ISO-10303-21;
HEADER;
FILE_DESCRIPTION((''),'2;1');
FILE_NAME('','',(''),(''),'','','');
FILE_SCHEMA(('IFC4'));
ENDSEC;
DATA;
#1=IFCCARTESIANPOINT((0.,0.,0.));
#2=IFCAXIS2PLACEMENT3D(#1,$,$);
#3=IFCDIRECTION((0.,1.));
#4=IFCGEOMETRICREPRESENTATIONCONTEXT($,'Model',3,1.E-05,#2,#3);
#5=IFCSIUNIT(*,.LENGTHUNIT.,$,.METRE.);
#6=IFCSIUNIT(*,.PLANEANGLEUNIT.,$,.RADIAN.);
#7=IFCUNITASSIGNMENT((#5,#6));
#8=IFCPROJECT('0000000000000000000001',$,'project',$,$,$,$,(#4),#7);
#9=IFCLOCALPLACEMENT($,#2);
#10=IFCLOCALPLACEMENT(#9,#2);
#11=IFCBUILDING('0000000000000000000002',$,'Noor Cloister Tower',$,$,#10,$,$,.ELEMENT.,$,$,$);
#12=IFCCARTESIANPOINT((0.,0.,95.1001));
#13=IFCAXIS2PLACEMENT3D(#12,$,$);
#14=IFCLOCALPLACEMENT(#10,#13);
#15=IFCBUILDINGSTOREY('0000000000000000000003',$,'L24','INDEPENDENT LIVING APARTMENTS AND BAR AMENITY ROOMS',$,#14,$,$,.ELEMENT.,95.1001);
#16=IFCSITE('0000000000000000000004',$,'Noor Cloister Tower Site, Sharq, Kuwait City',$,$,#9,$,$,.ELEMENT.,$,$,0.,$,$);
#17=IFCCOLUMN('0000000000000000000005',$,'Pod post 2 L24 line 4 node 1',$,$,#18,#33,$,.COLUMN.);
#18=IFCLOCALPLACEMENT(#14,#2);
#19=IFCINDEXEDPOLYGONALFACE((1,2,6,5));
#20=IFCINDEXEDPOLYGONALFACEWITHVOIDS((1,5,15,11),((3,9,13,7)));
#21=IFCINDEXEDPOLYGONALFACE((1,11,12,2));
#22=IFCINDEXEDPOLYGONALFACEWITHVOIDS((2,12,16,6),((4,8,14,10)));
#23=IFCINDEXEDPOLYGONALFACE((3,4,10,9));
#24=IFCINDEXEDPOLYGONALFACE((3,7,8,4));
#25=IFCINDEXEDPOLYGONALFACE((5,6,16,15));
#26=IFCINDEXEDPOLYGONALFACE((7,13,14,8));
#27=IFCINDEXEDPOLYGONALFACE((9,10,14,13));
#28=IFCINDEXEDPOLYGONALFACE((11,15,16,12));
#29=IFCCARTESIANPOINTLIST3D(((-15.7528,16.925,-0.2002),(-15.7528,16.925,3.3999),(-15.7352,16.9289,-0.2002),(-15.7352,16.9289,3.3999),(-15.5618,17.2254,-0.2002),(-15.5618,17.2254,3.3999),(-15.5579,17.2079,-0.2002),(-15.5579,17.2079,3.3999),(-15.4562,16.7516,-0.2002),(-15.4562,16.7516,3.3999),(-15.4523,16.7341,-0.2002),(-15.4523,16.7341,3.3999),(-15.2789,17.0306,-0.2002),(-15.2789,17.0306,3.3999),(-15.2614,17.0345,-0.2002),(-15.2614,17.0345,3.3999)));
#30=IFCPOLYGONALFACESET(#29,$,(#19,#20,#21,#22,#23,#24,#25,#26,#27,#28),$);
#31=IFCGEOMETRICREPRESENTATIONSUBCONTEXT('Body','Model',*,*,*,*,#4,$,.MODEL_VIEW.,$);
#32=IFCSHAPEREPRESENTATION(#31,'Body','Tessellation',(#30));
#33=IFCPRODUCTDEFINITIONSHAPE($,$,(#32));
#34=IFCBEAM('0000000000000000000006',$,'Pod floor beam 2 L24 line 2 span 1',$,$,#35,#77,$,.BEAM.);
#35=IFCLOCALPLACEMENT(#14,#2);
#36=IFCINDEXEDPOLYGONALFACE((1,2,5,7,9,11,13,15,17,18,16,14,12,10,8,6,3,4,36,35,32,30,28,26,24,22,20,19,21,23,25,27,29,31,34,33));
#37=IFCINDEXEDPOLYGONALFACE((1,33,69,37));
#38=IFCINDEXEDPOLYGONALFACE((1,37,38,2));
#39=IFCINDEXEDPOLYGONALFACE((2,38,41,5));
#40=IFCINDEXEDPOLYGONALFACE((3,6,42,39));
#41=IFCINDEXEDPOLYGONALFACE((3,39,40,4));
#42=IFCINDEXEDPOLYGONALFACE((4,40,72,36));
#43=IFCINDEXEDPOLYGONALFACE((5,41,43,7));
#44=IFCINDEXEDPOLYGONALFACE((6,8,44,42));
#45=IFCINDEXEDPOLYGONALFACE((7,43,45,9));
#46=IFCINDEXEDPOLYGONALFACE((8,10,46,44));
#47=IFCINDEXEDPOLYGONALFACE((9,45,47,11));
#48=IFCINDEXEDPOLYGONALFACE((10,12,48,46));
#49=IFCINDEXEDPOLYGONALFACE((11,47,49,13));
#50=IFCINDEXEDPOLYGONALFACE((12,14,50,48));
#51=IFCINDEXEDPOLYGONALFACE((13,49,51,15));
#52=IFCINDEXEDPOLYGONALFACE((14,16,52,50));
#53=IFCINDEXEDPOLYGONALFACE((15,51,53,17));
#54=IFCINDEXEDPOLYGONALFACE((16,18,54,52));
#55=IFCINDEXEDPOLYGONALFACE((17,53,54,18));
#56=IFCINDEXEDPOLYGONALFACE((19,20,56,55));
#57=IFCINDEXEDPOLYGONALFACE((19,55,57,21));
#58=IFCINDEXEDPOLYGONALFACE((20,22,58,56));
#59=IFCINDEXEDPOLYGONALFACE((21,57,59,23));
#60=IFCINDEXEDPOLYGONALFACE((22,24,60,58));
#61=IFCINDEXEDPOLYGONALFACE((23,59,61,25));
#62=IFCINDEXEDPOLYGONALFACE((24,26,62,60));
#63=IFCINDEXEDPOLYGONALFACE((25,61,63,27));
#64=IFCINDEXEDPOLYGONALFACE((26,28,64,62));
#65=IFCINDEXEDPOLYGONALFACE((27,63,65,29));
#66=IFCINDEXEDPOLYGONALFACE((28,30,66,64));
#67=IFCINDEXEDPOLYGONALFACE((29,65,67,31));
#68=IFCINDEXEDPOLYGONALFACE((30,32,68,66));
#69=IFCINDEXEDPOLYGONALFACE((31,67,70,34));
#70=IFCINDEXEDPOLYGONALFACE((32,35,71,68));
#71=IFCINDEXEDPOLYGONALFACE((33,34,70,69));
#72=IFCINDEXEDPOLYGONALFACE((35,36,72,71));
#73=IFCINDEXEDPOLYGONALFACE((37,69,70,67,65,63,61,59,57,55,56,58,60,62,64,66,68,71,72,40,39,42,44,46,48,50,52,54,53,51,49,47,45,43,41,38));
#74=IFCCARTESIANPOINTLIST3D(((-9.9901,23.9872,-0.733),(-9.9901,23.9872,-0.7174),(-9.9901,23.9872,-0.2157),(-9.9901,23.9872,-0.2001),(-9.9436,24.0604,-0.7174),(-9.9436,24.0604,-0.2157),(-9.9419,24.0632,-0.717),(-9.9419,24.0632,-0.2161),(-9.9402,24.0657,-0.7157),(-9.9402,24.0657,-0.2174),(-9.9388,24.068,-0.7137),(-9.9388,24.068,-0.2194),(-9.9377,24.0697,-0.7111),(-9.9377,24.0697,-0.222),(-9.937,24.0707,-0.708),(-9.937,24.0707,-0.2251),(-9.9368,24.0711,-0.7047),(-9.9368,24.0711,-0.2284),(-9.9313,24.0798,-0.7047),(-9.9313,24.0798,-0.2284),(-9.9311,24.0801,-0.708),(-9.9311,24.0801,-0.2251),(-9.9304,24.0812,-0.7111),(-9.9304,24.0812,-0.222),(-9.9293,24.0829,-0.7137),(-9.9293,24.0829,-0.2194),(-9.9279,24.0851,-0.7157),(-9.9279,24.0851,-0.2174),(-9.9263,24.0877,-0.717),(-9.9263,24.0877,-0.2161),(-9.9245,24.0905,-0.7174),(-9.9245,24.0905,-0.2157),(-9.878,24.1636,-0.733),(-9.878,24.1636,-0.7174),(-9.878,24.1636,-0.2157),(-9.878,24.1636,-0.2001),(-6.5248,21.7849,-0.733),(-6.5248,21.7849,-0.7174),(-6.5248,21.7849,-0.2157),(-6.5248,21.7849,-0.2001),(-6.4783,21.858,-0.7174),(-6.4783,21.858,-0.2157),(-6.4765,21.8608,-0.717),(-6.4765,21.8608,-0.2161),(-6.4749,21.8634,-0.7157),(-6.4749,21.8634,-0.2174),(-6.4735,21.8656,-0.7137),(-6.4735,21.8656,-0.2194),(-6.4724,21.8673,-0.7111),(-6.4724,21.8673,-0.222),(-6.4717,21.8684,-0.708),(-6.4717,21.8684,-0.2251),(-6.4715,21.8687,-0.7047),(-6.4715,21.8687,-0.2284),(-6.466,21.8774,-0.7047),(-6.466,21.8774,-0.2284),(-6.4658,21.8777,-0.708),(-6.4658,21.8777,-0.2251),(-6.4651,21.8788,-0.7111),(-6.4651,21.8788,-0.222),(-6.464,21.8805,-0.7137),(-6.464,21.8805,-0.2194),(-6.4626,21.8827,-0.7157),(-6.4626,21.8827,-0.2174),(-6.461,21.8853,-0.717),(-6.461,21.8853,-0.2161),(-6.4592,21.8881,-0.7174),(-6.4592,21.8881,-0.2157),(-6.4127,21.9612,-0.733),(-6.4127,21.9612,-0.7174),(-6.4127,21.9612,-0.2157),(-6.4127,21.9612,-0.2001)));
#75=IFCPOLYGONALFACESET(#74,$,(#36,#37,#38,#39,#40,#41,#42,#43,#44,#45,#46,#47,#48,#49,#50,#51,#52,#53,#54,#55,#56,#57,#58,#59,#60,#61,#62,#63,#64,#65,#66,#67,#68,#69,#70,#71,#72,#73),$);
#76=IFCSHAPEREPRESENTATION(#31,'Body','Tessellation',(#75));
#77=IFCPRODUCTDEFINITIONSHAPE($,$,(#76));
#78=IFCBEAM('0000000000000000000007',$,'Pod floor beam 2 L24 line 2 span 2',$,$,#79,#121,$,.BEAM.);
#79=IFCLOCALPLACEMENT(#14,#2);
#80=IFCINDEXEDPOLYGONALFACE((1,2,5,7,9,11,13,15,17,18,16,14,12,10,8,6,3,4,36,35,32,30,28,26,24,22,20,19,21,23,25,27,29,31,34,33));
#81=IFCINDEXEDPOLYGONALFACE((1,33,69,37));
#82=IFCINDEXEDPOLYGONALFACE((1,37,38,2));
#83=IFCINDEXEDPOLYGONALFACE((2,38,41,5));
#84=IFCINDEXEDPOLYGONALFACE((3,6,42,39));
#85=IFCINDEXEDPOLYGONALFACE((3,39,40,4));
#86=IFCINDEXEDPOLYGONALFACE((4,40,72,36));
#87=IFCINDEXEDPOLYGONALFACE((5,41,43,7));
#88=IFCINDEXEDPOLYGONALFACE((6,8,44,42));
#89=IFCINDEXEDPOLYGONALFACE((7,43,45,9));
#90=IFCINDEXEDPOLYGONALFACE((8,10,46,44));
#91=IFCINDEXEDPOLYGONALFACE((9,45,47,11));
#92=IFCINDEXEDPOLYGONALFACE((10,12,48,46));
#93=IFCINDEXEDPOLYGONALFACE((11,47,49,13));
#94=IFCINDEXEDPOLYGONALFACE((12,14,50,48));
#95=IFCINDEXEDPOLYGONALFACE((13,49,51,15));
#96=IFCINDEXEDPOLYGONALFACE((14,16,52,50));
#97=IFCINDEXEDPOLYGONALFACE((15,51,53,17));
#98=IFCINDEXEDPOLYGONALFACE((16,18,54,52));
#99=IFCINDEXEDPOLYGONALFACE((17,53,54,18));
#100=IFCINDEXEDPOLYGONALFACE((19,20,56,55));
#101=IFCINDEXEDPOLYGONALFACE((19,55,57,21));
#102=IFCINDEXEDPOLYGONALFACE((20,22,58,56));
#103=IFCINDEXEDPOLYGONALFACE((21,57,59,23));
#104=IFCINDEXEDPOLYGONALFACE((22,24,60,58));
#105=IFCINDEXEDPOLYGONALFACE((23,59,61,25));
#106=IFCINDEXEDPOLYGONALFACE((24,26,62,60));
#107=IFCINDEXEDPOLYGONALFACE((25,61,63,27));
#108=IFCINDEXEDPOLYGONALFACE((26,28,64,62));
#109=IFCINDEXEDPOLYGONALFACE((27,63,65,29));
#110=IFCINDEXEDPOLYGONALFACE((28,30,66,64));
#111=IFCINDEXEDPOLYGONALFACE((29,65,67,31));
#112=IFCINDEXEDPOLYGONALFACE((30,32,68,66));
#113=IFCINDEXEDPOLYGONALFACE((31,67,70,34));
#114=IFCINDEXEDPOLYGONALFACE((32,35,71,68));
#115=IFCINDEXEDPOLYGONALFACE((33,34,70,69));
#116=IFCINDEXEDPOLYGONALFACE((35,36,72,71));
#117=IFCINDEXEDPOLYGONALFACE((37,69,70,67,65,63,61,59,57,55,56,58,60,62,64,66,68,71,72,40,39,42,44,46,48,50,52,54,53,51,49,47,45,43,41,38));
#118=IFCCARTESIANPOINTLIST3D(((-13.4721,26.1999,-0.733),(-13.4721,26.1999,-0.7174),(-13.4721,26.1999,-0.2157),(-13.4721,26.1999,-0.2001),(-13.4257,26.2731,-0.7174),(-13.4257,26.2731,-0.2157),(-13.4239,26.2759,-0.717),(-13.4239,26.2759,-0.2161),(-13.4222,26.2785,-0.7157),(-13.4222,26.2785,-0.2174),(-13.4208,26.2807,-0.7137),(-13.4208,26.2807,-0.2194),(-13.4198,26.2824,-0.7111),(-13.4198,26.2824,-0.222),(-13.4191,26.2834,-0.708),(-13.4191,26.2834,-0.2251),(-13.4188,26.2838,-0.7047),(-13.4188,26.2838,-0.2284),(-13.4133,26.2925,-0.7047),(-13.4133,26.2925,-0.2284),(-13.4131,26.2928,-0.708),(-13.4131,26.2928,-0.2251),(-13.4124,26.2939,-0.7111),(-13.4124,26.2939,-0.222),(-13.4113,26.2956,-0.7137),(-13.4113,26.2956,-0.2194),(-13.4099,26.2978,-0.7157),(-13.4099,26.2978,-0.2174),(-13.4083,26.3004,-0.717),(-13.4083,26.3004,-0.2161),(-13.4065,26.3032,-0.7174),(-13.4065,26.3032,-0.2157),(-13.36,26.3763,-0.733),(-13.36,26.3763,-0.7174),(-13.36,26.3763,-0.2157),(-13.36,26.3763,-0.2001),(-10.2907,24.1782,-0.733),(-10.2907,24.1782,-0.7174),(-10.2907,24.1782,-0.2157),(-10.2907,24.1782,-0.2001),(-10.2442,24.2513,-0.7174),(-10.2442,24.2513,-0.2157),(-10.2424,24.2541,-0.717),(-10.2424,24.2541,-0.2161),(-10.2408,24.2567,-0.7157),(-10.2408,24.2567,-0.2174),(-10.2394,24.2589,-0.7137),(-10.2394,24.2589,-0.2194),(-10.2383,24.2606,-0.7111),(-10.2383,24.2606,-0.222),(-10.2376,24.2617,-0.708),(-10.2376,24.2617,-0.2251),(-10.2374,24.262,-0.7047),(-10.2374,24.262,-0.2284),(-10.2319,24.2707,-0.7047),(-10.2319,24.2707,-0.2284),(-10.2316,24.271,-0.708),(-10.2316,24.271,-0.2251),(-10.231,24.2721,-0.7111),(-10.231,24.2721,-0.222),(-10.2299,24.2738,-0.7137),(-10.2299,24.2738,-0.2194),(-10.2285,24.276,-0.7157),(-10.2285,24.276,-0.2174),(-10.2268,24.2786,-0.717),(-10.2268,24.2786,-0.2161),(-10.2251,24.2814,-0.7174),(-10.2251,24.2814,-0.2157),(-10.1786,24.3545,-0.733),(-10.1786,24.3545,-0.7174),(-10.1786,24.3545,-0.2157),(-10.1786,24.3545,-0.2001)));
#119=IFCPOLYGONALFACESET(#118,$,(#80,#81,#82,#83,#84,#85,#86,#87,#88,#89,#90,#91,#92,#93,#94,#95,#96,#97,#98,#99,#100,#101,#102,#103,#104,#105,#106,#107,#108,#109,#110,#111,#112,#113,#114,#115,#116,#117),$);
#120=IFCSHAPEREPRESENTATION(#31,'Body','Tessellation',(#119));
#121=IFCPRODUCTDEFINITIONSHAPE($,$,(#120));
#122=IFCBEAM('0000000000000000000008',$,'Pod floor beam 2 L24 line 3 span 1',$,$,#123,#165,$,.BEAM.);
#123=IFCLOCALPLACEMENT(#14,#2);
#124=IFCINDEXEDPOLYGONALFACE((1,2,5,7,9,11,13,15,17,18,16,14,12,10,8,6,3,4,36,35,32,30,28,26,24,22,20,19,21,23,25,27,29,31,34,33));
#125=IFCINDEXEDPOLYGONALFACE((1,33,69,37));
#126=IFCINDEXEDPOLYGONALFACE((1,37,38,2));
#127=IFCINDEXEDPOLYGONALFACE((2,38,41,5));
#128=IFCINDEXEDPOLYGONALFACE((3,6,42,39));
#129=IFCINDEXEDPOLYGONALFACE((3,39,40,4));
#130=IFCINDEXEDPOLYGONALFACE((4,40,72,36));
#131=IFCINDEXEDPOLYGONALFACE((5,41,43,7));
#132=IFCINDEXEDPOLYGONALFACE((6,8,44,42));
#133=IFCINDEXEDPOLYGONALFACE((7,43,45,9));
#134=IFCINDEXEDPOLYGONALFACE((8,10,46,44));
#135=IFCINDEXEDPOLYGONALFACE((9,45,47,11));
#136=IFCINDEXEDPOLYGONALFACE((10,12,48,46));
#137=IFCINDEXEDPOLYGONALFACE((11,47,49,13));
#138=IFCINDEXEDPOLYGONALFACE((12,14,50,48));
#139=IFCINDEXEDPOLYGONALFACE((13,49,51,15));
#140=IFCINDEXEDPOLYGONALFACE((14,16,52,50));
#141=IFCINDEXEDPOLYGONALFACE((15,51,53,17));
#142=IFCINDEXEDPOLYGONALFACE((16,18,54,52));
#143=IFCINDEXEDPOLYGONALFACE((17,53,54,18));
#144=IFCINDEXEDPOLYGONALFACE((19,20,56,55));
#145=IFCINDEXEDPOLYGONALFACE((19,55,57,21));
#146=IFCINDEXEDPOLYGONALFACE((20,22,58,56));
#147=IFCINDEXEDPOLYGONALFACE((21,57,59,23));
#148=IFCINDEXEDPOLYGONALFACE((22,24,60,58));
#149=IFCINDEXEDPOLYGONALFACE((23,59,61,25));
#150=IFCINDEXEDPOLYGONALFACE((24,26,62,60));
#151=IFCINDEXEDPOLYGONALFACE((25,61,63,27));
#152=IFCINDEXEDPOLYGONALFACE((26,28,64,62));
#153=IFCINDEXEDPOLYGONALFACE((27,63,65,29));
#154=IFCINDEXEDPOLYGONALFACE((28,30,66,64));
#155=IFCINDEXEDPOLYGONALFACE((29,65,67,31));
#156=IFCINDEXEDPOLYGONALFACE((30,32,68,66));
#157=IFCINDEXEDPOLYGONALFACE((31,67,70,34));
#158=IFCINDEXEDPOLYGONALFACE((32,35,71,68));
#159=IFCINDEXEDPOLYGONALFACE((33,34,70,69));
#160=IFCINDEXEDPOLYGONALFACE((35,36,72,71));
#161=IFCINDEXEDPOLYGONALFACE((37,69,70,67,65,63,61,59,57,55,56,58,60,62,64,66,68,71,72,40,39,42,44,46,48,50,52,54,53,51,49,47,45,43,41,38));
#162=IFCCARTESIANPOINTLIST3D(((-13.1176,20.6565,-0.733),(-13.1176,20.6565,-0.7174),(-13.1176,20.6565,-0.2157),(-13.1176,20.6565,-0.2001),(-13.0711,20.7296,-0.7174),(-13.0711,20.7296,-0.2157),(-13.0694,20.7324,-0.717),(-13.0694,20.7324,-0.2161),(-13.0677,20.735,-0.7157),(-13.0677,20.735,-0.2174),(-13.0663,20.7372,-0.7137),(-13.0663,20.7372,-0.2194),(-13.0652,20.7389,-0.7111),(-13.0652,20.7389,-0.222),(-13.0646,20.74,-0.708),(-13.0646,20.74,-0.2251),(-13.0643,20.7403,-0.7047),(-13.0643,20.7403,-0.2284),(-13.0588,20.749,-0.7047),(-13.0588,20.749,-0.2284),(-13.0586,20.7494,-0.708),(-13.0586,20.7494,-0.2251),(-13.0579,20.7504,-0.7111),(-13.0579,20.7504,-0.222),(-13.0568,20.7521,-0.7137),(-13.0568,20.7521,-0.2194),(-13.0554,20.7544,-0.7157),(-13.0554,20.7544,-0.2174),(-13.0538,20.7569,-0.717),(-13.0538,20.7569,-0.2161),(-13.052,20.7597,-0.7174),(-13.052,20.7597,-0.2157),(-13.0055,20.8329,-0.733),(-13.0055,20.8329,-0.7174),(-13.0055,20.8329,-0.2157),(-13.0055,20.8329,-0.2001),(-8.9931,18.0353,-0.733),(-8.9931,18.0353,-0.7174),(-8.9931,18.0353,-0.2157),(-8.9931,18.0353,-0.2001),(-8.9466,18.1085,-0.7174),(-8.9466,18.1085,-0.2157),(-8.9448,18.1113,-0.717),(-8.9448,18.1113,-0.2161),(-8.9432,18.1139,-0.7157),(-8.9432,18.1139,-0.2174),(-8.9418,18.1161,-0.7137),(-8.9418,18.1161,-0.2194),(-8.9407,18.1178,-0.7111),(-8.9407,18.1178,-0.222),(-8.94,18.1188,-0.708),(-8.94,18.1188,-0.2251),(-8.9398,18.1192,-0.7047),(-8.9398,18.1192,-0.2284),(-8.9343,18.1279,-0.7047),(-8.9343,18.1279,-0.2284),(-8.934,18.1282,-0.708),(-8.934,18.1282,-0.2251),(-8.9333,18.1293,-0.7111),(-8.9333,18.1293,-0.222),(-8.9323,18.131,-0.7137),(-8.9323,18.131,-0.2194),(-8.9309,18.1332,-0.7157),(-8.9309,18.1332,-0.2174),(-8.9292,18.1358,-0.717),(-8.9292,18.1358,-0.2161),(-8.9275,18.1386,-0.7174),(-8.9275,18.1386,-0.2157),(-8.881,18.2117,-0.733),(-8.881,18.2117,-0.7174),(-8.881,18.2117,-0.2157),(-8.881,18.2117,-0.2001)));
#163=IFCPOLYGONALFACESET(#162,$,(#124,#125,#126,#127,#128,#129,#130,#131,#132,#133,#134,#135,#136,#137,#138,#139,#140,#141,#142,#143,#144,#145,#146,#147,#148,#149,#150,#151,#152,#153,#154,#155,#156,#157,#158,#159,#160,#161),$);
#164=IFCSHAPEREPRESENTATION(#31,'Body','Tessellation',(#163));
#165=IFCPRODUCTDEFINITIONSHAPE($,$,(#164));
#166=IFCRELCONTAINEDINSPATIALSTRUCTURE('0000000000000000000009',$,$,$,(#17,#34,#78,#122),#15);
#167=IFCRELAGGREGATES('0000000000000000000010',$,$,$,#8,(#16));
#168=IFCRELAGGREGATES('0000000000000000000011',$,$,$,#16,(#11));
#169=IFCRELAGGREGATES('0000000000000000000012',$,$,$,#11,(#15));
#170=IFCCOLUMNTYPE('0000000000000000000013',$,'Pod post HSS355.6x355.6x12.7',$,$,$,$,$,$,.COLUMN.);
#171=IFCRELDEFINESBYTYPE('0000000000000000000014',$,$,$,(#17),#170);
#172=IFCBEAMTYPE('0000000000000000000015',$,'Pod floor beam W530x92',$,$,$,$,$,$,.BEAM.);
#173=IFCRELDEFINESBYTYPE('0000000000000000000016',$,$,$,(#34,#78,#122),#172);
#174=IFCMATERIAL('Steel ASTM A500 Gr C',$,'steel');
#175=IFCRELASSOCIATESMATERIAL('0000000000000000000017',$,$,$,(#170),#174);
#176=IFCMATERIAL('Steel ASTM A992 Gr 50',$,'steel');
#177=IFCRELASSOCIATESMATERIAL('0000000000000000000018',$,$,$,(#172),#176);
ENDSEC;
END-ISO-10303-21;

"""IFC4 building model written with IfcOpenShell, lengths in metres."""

from ifc_helpers import new_model, si_unit, direction, frame, origin, origin_2d, place, context, subcontext, project, spatial, hollow_rectangle, i_section, extrude, material, material_profile, profile_set, type_object, element, save


model = new_model("IFC4")

# Units and contexts
model_context = context("Model", 3, precision=1e-05, world=origin(), true_north=direction((0.0, 1.0)))
body_context = subcontext(model_context, "Body", "Model", "MODEL_VIEW")
ifc_project = project(units=[si_unit("LENGTHUNIT", "METRE"), si_unit("PLANEANGLEUNIT", "RADIAN")], contexts=[model_context])

# Site, building, storey
site_placement = place(None, origin())
site = spatial("IfcSite", under=ifc_project, at=site_placement, Name="Noor Cloister Tower Site, Sharq, Kuwait City", CompositionType="ELEMENT", RefElevation=0.0)
building_placement = place(site_placement, origin())
building = spatial("IfcBuilding", under=site, at=building_placement, Name="Noor Cloister Tower", CompositionType="ELEMENT")
storey_placement = place(building_placement, frame((0.0, 0.0, 95.1001)))
storey = spatial("IfcBuildingStorey", under=building, at=storey_placement, Name="L24", Description="INDEPENDENT LIVING APARTMENTS AND BAR AMENITY ROOMS", CompositionType="ELEMENT", Elevation=95.1001)

# Column
ifc_material_1 = material(Name="Steel ASTM A500 Gr C", Category="steel")
ifc_material_profile_1 = material_profile(ifc_material_1, hollow_rectangle(XDim=0.356, YDim=0.356, WallThickness=0.0127, at=origin_2d()), Name="HSS355.6x355.6x12.7")
ifc_profile_set_1 = profile_set([ifc_material_profile_1], Name="Steel ASTM A500 Gr C")
column_type_1 = type_object("IfcColumnType", Name="Pod post HSS355.6x355.6x12.7", PredefinedType="COLUMN", material=ifc_profile_set_1)
for number, where, z_axis, x_axis, name in (
    (1, (-15.5071, 16.9797, -0.2002), (0.0, 0.0, 1.0), (-0.843996, 0.53635, 0.0), "Pod post 2 L24 line 4 node 1"),
):
    element("IfcColumn", number, at=place(storey_placement, frame(where, z_axis=z_axis, x_axis=x_axis)), inside=storey, type_object=column_type_1, Name=name, PredefinedType="COLUMN", context=body_context, shape_type="SweptSolid", body=[
        extrude(hollow_rectangle(XDim=0.356, YDim=0.356, WallThickness=0.0127, at=origin_2d()), origin(), (0.0, 0.0, 1.0), 3.6001),
    ])

# Beams
ifc_material_2 = material(Name="Steel ASTM A992 Gr 50", Category="steel")
ifc_material_profile_2 = material_profile(ifc_material_2, i_section(OverallWidth=0.209, OverallDepth=0.533, WebThickness=0.0103, FlangeThickness=0.0156, FilletRadius=0.0127, at=origin_2d()), Name="W530x92")
ifc_profile_set_2 = profile_set([ifc_material_profile_2], Name="Steel ASTM A992 Gr 50")
beam_type_1 = type_object("IfcBeamType", Name="Pod floor beam W530x92", PredefinedType="BEAM", material=ifc_profile_set_2)
beam_1_placement = place(storey_placement, frame((-6.4688, 21.873, -0.4666), z_axis=(-0.843972, 0.536387, 0.0), x_axis=(-0.536387, -0.843972, 0.0)))
element("IfcBeam", 2, at=beam_1_placement, inside=storey, type_object=beam_type_1, Name="Pod floor beam 2 L24 line 2 span 1", PredefinedType="BEAM", context=body_context, shape_type="SweptSolid", body=[
    extrude(i_section(OverallWidth=0.209, OverallDepth=0.533, WebThickness=0.0103, FlangeThickness=0.0156, FilletRadius=0.0127, at=origin_2d()), origin(), (0.0, 0.0, 1.0), 4.106),
])
beam_2_placement = place(storey_placement, frame((-10.2346, 24.2664, -0.4666), z_axis=(-0.843997, 0.536347, 0.0), x_axis=(-0.536347, -0.843997, 0.0)))
element("IfcBeam", 3, at=beam_2_placement, inside=storey, type_object=beam_type_1, Name="Pod floor beam 2 L24 line 2 span 2", PredefinedType="BEAM", context=body_context, shape_type="SweptSolid", body=[
    extrude(i_section(OverallWidth=0.209, OverallDepth=0.533, WebThickness=0.0103, FlangeThickness=0.0156, FilletRadius=0.0127, at=origin_2d()), origin(), (0.0, 0.0, 1.0), 3.7695),
])
beam_3_placement = place(storey_placement, frame((-8.937, 18.1235, -0.4666), z_axis=(-0.843995, 0.536352, 0.0), x_axis=(-0.536352, -0.843995, 0.0)))
element("IfcBeam", 4, at=beam_3_placement, inside=storey, type_object=beam_type_1, Name="Pod floor beam 2 L24 line 3 span 1", PredefinedType="BEAM", context=body_context, shape_type="SweptSolid", body=[
    extrude(i_section(OverallWidth=0.209, OverallDepth=0.533, WebThickness=0.0103, FlangeThickness=0.0156, FilletRadius=0.0127, at=origin_2d()), origin(), (0.0, 0.0, 1.0), 4.887),
])

save(model, "model.ifc")
